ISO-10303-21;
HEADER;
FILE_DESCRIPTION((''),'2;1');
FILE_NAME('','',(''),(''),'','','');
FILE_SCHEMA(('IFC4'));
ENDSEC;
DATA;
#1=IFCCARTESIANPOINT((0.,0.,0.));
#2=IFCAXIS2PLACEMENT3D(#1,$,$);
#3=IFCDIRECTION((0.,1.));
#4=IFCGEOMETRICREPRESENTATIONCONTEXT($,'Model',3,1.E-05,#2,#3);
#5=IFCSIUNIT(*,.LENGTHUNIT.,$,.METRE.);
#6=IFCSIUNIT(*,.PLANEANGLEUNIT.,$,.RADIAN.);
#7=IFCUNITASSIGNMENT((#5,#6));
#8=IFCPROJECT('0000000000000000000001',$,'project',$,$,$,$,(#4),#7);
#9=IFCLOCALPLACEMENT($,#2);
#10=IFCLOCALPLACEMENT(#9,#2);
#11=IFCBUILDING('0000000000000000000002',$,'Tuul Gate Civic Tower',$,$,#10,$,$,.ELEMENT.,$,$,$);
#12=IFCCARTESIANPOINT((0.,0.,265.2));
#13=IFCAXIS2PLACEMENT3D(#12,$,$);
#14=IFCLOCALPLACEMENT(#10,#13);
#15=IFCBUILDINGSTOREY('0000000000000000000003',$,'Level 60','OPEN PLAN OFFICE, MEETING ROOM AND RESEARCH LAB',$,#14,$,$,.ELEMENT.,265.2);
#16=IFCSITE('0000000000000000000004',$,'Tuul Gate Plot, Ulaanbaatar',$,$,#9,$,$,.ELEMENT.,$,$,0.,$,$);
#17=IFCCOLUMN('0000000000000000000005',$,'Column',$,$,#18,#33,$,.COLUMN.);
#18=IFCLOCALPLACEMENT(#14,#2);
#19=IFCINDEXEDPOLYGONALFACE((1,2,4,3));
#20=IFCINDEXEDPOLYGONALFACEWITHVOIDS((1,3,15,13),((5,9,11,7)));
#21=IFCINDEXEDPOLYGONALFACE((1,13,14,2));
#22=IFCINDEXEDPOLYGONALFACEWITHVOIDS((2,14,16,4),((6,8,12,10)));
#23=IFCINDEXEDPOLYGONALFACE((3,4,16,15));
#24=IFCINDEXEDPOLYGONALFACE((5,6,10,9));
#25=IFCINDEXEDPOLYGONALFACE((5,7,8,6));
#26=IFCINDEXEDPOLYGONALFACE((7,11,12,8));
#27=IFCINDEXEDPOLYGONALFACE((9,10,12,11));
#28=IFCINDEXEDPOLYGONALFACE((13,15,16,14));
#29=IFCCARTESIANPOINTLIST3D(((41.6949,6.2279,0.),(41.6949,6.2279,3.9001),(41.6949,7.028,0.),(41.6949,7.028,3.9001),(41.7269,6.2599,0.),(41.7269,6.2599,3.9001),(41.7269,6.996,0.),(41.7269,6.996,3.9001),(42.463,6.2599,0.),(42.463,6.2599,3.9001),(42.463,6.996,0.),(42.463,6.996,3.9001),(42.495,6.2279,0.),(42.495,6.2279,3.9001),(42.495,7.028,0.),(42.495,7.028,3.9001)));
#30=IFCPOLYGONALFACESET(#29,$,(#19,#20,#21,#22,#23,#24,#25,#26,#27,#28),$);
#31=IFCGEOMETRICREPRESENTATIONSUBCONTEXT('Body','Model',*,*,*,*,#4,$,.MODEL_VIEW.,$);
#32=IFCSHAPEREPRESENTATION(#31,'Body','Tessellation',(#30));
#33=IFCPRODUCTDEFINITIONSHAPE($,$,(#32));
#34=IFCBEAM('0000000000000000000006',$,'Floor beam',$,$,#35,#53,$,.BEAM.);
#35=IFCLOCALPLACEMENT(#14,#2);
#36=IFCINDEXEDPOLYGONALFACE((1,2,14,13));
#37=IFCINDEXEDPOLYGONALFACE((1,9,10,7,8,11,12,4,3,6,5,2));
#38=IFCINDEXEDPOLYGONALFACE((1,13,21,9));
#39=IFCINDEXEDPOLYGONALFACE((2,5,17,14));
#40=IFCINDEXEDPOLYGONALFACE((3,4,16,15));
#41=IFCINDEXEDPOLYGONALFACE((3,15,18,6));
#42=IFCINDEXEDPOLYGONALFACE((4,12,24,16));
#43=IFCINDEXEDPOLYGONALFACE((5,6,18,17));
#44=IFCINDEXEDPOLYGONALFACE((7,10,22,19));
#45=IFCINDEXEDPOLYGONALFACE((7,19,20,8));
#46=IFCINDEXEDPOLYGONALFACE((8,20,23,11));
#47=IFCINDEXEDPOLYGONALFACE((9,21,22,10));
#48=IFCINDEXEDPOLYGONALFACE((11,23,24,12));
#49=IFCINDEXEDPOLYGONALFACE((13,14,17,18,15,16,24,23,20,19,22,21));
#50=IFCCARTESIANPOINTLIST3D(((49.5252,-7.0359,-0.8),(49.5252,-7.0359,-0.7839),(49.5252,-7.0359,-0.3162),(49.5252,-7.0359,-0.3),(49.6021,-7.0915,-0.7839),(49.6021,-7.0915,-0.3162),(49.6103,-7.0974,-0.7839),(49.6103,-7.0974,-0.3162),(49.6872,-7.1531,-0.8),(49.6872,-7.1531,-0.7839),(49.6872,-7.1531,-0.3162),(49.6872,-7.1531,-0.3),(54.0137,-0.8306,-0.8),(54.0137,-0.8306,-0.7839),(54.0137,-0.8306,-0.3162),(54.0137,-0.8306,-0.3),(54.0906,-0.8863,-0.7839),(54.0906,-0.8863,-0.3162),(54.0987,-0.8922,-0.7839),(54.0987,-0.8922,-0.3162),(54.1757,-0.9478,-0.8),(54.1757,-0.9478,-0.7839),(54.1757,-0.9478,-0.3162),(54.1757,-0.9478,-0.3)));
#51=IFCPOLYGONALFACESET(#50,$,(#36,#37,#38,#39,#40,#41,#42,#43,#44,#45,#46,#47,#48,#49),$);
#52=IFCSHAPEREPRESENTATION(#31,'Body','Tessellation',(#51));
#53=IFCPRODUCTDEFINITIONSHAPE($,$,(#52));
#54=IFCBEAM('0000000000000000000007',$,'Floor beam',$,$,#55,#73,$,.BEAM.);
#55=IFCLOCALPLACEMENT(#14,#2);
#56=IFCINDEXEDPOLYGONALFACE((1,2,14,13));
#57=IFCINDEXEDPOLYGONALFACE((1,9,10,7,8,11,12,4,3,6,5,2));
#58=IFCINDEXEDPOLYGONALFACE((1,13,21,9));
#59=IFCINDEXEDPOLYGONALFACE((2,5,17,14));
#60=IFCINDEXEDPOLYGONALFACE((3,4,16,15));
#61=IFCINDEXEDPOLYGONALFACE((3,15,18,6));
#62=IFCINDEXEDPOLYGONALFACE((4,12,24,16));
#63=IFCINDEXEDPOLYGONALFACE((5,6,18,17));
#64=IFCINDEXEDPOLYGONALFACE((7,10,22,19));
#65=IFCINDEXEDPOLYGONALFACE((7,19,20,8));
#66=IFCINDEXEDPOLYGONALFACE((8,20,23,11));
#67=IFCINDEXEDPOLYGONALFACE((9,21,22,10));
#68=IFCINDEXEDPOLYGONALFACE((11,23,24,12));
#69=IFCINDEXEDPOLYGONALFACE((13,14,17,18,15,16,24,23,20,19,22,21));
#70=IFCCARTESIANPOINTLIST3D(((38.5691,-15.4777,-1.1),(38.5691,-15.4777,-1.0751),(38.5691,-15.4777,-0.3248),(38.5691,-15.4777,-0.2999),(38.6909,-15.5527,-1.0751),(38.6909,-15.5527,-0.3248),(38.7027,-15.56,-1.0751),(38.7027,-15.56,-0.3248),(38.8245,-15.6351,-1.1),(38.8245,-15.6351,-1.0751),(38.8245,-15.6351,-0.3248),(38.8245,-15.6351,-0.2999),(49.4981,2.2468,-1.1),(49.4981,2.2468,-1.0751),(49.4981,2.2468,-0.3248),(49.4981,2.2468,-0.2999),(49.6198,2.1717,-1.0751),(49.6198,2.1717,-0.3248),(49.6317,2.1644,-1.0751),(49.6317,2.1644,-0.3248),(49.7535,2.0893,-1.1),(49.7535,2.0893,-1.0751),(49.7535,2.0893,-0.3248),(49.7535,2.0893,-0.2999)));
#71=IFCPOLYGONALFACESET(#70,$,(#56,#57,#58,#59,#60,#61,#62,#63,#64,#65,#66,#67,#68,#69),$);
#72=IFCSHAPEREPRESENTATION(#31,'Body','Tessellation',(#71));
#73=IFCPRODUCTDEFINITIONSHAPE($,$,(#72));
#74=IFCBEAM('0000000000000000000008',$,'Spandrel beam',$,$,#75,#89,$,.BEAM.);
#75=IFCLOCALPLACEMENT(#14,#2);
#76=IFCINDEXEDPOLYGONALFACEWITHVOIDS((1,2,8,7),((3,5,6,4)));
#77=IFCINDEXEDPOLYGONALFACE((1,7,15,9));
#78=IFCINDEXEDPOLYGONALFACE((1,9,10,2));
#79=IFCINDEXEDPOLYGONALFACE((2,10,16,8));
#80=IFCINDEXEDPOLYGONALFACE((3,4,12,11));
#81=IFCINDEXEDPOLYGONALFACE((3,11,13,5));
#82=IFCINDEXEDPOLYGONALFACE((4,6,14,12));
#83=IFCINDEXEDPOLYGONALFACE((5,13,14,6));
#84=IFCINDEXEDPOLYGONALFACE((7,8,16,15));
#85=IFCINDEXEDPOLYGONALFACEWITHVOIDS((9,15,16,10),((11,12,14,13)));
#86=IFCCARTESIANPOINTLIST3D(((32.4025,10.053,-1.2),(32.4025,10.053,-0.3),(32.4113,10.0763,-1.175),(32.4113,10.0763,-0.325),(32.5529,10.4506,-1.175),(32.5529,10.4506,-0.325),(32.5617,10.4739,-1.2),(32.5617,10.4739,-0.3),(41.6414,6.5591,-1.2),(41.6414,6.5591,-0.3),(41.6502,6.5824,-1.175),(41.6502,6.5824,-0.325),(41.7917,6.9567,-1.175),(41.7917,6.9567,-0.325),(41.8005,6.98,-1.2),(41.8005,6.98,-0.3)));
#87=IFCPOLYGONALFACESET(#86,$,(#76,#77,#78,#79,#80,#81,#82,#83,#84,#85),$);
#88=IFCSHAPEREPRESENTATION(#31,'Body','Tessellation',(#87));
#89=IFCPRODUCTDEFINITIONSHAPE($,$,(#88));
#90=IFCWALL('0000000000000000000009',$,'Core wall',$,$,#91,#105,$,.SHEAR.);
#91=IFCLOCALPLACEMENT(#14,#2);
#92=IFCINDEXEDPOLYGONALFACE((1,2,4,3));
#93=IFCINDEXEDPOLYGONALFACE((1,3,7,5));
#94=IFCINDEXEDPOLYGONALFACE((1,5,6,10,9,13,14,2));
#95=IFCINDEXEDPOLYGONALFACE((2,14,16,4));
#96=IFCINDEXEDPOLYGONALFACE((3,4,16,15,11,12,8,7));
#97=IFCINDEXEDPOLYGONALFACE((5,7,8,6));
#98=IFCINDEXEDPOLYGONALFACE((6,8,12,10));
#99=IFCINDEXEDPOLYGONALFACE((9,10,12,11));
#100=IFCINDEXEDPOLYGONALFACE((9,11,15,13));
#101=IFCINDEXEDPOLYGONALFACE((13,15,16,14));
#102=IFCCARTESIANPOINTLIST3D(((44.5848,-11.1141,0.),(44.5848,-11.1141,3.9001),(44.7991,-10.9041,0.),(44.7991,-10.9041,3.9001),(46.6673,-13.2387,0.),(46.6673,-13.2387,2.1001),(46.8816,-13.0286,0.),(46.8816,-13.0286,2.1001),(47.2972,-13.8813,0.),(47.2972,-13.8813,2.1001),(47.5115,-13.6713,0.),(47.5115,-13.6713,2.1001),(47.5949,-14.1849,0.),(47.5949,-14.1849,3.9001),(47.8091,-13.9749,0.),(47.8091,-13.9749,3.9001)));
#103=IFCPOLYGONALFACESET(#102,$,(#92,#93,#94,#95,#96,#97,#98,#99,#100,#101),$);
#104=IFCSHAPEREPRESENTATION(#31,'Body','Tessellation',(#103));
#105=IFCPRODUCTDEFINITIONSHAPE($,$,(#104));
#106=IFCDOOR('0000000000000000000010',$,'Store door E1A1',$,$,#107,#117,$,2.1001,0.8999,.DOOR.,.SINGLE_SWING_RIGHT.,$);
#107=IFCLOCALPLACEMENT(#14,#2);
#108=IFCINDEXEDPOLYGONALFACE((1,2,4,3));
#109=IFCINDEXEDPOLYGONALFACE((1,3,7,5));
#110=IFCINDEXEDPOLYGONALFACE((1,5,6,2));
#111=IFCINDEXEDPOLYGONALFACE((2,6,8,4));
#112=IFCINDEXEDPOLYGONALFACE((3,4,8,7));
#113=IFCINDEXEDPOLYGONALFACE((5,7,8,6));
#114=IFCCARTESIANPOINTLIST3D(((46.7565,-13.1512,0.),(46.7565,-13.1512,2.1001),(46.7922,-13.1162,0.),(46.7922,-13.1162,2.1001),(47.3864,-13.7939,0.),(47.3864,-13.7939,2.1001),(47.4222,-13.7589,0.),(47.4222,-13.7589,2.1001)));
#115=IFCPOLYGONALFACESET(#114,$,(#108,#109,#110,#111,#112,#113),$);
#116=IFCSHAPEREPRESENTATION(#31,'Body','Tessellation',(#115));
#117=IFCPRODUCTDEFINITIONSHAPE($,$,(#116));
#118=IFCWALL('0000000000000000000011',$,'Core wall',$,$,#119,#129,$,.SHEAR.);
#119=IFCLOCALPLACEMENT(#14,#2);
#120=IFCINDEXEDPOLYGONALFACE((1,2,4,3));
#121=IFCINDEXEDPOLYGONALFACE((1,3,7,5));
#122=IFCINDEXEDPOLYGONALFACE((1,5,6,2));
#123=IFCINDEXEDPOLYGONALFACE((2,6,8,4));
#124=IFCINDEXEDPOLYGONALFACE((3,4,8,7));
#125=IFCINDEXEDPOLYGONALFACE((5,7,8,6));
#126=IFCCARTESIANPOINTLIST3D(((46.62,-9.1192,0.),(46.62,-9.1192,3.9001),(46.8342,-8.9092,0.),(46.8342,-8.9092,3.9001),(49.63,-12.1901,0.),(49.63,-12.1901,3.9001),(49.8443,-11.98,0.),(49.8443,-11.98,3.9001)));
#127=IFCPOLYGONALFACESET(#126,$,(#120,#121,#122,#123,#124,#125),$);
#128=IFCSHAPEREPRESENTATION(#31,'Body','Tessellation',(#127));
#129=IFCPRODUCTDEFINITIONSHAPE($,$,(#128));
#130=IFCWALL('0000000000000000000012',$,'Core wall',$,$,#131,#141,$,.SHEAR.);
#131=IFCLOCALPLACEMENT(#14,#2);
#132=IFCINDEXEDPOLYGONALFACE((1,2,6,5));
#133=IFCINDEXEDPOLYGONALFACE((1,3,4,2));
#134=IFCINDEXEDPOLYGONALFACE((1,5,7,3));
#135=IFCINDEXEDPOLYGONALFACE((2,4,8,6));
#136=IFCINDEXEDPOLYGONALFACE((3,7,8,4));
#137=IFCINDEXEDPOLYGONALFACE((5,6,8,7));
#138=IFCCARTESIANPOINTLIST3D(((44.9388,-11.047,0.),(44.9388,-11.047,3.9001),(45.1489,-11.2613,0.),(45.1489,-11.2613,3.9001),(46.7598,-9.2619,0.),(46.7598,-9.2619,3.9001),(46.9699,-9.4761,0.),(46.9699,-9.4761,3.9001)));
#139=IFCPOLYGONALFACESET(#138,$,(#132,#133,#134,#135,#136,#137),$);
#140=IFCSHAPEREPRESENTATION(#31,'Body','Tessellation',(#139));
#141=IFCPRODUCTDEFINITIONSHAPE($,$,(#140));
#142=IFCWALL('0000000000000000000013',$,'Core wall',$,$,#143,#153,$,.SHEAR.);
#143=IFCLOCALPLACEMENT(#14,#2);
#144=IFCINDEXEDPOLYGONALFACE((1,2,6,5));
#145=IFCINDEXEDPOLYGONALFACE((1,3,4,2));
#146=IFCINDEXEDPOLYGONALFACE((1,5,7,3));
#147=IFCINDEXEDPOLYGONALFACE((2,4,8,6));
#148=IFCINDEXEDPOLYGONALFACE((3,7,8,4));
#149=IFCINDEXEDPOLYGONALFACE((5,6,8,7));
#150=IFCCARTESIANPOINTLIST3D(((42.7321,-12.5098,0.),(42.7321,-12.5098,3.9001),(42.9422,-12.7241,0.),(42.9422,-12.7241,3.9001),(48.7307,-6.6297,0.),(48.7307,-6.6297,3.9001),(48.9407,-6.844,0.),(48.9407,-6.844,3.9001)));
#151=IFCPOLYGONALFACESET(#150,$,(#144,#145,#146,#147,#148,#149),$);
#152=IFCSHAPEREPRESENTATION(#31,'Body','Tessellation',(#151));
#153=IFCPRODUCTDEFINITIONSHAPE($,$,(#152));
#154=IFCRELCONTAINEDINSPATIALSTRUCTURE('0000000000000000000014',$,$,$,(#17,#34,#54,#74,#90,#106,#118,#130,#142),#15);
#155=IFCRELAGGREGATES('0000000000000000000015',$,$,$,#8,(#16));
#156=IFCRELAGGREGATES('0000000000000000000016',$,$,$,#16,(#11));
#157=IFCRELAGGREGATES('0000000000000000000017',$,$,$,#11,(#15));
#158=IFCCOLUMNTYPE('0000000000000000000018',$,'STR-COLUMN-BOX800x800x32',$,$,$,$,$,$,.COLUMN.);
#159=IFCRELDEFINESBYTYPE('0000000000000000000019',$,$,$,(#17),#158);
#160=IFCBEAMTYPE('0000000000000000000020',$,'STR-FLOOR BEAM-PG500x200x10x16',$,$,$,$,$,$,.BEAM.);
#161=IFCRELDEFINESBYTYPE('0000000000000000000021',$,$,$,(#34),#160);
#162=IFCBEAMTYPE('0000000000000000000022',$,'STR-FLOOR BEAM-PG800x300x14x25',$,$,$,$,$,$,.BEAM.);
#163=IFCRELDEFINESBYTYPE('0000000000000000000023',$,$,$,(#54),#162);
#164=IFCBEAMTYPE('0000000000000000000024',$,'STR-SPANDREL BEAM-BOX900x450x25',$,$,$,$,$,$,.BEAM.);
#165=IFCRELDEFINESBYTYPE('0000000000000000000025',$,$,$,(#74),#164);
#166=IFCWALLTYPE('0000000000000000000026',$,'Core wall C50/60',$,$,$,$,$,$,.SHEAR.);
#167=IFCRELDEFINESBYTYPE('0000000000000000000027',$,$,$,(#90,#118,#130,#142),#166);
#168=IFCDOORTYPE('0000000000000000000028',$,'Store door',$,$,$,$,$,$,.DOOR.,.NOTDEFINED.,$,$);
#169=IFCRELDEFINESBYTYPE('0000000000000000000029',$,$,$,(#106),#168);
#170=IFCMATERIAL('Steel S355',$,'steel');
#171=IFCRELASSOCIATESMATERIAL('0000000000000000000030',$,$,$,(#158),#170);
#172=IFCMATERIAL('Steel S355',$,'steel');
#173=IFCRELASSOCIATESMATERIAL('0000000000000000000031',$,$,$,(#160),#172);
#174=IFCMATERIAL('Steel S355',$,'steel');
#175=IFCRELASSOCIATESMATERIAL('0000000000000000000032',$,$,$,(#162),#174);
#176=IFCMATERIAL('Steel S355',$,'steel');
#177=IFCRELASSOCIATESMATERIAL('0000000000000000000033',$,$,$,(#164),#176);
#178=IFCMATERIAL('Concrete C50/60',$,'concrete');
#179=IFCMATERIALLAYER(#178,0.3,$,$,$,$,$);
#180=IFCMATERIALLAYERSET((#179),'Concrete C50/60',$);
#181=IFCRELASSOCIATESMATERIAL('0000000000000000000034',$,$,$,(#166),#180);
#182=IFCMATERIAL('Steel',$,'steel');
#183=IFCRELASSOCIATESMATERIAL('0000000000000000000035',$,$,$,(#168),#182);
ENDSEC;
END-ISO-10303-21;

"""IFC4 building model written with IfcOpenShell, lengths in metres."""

from ifc_helpers import new_model, si_unit, direction, frame, frame_2d, origin, origin_2d, place, context, subcontext, project, spatial, rectangle, hollow_rectangle, i_section, extrude, material, layer, layer_set, material_profile, profile_set, type_object, element, fill, save


model = new_model("IFC4")

# Units and contexts
model_context = context("Model", 3, precision=1e-05, world=origin(), true_north=direction((0.0, 1.0)))
body_context = subcontext(model_context, "Body", "Model", "MODEL_VIEW")
ifc_project = project(units=[si_unit("LENGTHUNIT", "METRE"), si_unit("PLANEANGLEUNIT", "RADIAN")], contexts=[model_context])

# Site, building, storey
site_placement = place(None, origin())
site = spatial("IfcSite", under=ifc_project, at=site_placement, Name="Tuul Gate Plot, Ulaanbaatar", CompositionType="ELEMENT", RefElevation=0.0)
building_placement = place(site_placement, origin())
building = spatial("IfcBuilding", under=site, at=building_placement, Name="Tuul Gate Civic Tower", CompositionType="ELEMENT")
storey_placement = place(building_placement, frame((0.0, 0.0, 265.2)))
storey = spatial("IfcBuildingStorey", under=building, at=storey_placement, Name="Level 60", Description="OPEN PLAN OFFICE, MEETING ROOM AND RESEARCH LAB", CompositionType="ELEMENT", Elevation=265.2)

# Column
ifc_material_1 = material(Name="Steel S355", Category="steel")
ifc_material_profile_1 = material_profile(ifc_material_1, hollow_rectangle(XDim=0.8, YDim=0.8, WallThickness=0.032, at=origin_2d()), Name="BOX800x800x32")
ifc_profile_set_1 = profile_set([ifc_material_profile_1], Name="Steel S355")
column_type = type_object("IfcColumnType", Name="STR-COLUMN-BOX800x800x32", PredefinedType="COLUMN", material=ifc_profile_set_1)
column_placement = place(storey_placement, frame((42.095, 6.6279, 0.0), z_axis=(0.0, 0.0, 1.0), x_axis=(1.0, 0.0, 0.0)))
element("IfcColumn", 1, at=column_placement, inside=storey, type_object=column_type, Name="Column", PredefinedType="COLUMN", context=body_context, shape_type="SweptSolid", body=[
    extrude(hollow_rectangle(XDim=0.8, YDim=0.8, WallThickness=0.032, at=origin_2d()), origin(), (0.0, 0.0, 1.0), 3.9001),
])

# Beams
ifc_material_2 = material(Name="Steel S355", Category="steel")
ifc_material_profile_2 = material_profile(ifc_material_2, i_section(OverallWidth=0.2, OverallDepth=0.5, WebThickness=0.01, FlangeThickness=0.0161, at=origin_2d()), Name="PG500x200x10x16")
ifc_profile_set_2 = profile_set([ifc_material_profile_2], Name="Steel S355")
beam_type_1 = type_object("IfcBeamType", Name="STR-FLOOR BEAM-PG500x200x10x16", PredefinedType="BEAM", material=ifc_profile_set_2)
beam_1_placement = place(storey_placement, frame((49.6062, -7.0945, -0.55), z_axis=(0.586083, 0.810251, 0.0), x_axis=(-0.810251, 0.586083, 0.0)))
element("IfcBeam", 2, at=beam_1_placement, inside=storey, type_object=beam_type_1, Name="Floor beam", PredefinedType="BEAM", context=body_context, shape_type="SweptSolid", body=[
    extrude(i_section(OverallWidth=0.2, OverallDepth=0.5, WebThickness=0.01, FlangeThickness=0.0161, at=origin_2d()), origin(), (0.0, 0.0, 1.0), 7.6584),
])
ifc_material_3 = material(Name="Steel S355", Category="steel")
ifc_material_profile_3 = material_profile(ifc_material_3, i_section(OverallWidth=0.3, OverallDepth=0.8, WebThickness=0.0139, FlangeThickness=0.0249, at=origin_2d()), Name="PG800x300x14x25")
ifc_profile_set_3 = profile_set([ifc_material_profile_3], Name="Steel S355")
beam_type_2 = type_object("IfcBeamType", Name="STR-FLOOR BEAM-PG800x300x14x25", PredefinedType="BEAM", material=ifc_profile_set_3)
beam_2_placement = place(storey_placement, frame((38.6968, -15.5564, -0.7), z_axis=(0.524851, 0.851194, 0.0), x_axis=(-0.851194, 0.524851, 0.0)))
element("IfcBeam", 3, at=beam_2_placement, inside=storey, type_object=beam_type_2, Name="Floor beam", PredefinedType="BEAM", context=body_context, shape_type="SweptSolid", body=[
    extrude(i_section(OverallWidth=0.3, OverallDepth=0.8, WebThickness=0.0139, FlangeThickness=0.0249, at=origin_2d()), origin(), (0.0, 0.0, 1.0), 20.823),
])
ifc_material_4 = material(Name="Steel S355", Category="steel")
ifc_material_profile_4 = material_profile(ifc_material_4, hollow_rectangle(XDim=0.45, YDim=0.8999, WallThickness=0.0249, at=origin_2d()), Name="BOX900x450x25")
ifc_profile_set_4 = profile_set([ifc_material_profile_4], Name="Steel S355")
beam_type_3 = type_object("IfcBeamType", Name="STR-SPANDREL BEAM-BOX900x450x25", PredefinedType="BEAM", material=ifc_profile_set_4)
beam_3_placement = place(storey_placement, frame((41.7209, 6.7695, -0.75), z_axis=(-0.935348, 0.353728, 0.0), x_axis=(-0.353728, -0.935348, 0.0)))
element("IfcBeam", 4, at=beam_3_placement, inside=storey, type_object=beam_type_3, Name="Spandrel beam", PredefinedType="BEAM", context=body_context, shape_type="SweptSolid", body=[
    extrude(hollow_rectangle(XDim=0.45, YDim=0.8999, WallThickness=0.0249, at=origin_2d()), origin(), (0.0, 0.0, 1.0), 9.8774),
])

# Wall, opening, door
ifc_material_5 = material(Name="Concrete C50/60", Category="concrete")
ifc_layer_1 = layer(ifc_material_5, 0.3)
ifc_layer_set_1 = layer_set([ifc_layer_1], Name="Concrete C50/60")
wall_type_1 = type_object("IfcWallType", Name="Core wall C50/60", PredefinedType="SHEAR", material=ifc_layer_set_1)
wall_1_placement = place(storey_placement, frame((47.7019, -14.0798, 0.0), z_axis=(0.0, 0.0, 1.0), x_axis=(-0.700003, 0.71414, 0.0)))
wall_1 = element("IfcWall", 5, at=wall_1_placement, inside=storey, type_object=wall_type_1, Name="Core wall", PredefinedType="SHEAR", context=body_context, shape_type="SweptSolid", body=[
    extrude(rectangle(XDim=4.3, YDim=0.3, at=frame_2d((2.1499, 0.0))), origin(), (0.0, 0.0, 1.0), 3.9001),
])
opening_1_placement = place(wall_1_placement, frame((0.425, 0.0, 0.0)))
opening_1 = element("IfcOpeningElement", 6, at=opening_1_placement, cuts=wall_1, PredefinedType="OPENING", context=body_context, shape_type="SweptSolid", body=[
    extrude(rectangle(XDim=0.8999, YDim=2.1001, at=frame_2d((0.45, 1.05))), frame((0.0, 0.1602, 0.0), z_axis=(0.0, -1.0, 0.0), x_axis=(1.0, 0.0, 0.0)), (0.0, 0.0, 1.0), 0.3201),
])
ifc_material_6 = material(Name="Steel", Category="steel")
door_type_1 = type_object("IfcDoorType", Name="Store door", OperationType="NOTDEFINED", PredefinedType="DOOR", material=ifc_material_6)
door_1_placement = place(opening_1_placement, frame((0.8999, 0.0, 0.0), z_axis=(0.0, 0.0, 1.0), x_axis=(-1.0, 0.0, 0.0)))
door_1 = element("IfcDoor", 7, at=door_1_placement, inside=storey, type_object=door_type_1, Name="Store door E1A1", OperationType="SINGLE_SWING_RIGHT", OverallHeight=2.1001, OverallWidth=0.8999, PredefinedType="DOOR", context=body_context, shape_type="SweptSolid", body=[
    extrude(rectangle(XDim=0.8999, YDim=2.1001, at=frame_2d((0.45, 1.05))), frame((0.0, 0.0249, 0.0), z_axis=(0.0, -1.0, 0.0), x_axis=(1.0, 0.0, 0.0)), (0.0, 0.0, 1.0), 0.05),
])
fill(opening_1, door_1)

# Walls
wall_2_placement = place(storey_placement, frame((49.7371, -12.085, 0.0), z_axis=(0.0, 0.0, 1.0), x_axis=(-0.700003, 0.71414, 0.0)))
element("IfcWall", 8, at=wall_2_placement, inside=storey, type_object=wall_type_1, Name="Core wall", PredefinedType="SHEAR", context=body_context, shape_type="SweptSolid", body=[
    extrude(rectangle(XDim=4.3, YDim=0.3, at=frame_2d((2.1499, 0.0))), origin(), (0.0, 0.0, 1.0), 3.9001),
])
wall_3_placement = place(storey_placement, frame((45.0439, -11.1541, 0.0), z_axis=(0.0, 0.0, 1.0), x_axis=(0.714108, 0.700035, 0.0)))
element("IfcWall", 9, at=wall_3_placement, inside=storey, type_object=wall_type_1, Name="Core wall", PredefinedType="SHEAR", context=body_context, shape_type="SweptSolid", body=[
    extrude(rectangle(XDim=2.55, YDim=0.3, at=frame_2d((1.2749, 0.0))), origin(), (0.0, 0.0, 1.0), 3.9001),
])
wall_4_placement = place(storey_placement, frame((42.8372, -12.6169, 0.0), z_axis=(0.0, 0.0, 1.0), x_axis=(0.71412, 0.700023, 0.0)))
element("IfcWall", 10, at=wall_4_placement, inside=storey, type_object=wall_type_1, Name="Core wall", PredefinedType="SHEAR", context=body_context, shape_type="SweptSolid", body=[
    extrude(rectangle(XDim=8.3999, YDim=0.3, at=frame_2d((4.2, 0.0))), origin(), (0.0, 0.0, 1.0), 3.9001),
])

save(model, "model.ifc")
